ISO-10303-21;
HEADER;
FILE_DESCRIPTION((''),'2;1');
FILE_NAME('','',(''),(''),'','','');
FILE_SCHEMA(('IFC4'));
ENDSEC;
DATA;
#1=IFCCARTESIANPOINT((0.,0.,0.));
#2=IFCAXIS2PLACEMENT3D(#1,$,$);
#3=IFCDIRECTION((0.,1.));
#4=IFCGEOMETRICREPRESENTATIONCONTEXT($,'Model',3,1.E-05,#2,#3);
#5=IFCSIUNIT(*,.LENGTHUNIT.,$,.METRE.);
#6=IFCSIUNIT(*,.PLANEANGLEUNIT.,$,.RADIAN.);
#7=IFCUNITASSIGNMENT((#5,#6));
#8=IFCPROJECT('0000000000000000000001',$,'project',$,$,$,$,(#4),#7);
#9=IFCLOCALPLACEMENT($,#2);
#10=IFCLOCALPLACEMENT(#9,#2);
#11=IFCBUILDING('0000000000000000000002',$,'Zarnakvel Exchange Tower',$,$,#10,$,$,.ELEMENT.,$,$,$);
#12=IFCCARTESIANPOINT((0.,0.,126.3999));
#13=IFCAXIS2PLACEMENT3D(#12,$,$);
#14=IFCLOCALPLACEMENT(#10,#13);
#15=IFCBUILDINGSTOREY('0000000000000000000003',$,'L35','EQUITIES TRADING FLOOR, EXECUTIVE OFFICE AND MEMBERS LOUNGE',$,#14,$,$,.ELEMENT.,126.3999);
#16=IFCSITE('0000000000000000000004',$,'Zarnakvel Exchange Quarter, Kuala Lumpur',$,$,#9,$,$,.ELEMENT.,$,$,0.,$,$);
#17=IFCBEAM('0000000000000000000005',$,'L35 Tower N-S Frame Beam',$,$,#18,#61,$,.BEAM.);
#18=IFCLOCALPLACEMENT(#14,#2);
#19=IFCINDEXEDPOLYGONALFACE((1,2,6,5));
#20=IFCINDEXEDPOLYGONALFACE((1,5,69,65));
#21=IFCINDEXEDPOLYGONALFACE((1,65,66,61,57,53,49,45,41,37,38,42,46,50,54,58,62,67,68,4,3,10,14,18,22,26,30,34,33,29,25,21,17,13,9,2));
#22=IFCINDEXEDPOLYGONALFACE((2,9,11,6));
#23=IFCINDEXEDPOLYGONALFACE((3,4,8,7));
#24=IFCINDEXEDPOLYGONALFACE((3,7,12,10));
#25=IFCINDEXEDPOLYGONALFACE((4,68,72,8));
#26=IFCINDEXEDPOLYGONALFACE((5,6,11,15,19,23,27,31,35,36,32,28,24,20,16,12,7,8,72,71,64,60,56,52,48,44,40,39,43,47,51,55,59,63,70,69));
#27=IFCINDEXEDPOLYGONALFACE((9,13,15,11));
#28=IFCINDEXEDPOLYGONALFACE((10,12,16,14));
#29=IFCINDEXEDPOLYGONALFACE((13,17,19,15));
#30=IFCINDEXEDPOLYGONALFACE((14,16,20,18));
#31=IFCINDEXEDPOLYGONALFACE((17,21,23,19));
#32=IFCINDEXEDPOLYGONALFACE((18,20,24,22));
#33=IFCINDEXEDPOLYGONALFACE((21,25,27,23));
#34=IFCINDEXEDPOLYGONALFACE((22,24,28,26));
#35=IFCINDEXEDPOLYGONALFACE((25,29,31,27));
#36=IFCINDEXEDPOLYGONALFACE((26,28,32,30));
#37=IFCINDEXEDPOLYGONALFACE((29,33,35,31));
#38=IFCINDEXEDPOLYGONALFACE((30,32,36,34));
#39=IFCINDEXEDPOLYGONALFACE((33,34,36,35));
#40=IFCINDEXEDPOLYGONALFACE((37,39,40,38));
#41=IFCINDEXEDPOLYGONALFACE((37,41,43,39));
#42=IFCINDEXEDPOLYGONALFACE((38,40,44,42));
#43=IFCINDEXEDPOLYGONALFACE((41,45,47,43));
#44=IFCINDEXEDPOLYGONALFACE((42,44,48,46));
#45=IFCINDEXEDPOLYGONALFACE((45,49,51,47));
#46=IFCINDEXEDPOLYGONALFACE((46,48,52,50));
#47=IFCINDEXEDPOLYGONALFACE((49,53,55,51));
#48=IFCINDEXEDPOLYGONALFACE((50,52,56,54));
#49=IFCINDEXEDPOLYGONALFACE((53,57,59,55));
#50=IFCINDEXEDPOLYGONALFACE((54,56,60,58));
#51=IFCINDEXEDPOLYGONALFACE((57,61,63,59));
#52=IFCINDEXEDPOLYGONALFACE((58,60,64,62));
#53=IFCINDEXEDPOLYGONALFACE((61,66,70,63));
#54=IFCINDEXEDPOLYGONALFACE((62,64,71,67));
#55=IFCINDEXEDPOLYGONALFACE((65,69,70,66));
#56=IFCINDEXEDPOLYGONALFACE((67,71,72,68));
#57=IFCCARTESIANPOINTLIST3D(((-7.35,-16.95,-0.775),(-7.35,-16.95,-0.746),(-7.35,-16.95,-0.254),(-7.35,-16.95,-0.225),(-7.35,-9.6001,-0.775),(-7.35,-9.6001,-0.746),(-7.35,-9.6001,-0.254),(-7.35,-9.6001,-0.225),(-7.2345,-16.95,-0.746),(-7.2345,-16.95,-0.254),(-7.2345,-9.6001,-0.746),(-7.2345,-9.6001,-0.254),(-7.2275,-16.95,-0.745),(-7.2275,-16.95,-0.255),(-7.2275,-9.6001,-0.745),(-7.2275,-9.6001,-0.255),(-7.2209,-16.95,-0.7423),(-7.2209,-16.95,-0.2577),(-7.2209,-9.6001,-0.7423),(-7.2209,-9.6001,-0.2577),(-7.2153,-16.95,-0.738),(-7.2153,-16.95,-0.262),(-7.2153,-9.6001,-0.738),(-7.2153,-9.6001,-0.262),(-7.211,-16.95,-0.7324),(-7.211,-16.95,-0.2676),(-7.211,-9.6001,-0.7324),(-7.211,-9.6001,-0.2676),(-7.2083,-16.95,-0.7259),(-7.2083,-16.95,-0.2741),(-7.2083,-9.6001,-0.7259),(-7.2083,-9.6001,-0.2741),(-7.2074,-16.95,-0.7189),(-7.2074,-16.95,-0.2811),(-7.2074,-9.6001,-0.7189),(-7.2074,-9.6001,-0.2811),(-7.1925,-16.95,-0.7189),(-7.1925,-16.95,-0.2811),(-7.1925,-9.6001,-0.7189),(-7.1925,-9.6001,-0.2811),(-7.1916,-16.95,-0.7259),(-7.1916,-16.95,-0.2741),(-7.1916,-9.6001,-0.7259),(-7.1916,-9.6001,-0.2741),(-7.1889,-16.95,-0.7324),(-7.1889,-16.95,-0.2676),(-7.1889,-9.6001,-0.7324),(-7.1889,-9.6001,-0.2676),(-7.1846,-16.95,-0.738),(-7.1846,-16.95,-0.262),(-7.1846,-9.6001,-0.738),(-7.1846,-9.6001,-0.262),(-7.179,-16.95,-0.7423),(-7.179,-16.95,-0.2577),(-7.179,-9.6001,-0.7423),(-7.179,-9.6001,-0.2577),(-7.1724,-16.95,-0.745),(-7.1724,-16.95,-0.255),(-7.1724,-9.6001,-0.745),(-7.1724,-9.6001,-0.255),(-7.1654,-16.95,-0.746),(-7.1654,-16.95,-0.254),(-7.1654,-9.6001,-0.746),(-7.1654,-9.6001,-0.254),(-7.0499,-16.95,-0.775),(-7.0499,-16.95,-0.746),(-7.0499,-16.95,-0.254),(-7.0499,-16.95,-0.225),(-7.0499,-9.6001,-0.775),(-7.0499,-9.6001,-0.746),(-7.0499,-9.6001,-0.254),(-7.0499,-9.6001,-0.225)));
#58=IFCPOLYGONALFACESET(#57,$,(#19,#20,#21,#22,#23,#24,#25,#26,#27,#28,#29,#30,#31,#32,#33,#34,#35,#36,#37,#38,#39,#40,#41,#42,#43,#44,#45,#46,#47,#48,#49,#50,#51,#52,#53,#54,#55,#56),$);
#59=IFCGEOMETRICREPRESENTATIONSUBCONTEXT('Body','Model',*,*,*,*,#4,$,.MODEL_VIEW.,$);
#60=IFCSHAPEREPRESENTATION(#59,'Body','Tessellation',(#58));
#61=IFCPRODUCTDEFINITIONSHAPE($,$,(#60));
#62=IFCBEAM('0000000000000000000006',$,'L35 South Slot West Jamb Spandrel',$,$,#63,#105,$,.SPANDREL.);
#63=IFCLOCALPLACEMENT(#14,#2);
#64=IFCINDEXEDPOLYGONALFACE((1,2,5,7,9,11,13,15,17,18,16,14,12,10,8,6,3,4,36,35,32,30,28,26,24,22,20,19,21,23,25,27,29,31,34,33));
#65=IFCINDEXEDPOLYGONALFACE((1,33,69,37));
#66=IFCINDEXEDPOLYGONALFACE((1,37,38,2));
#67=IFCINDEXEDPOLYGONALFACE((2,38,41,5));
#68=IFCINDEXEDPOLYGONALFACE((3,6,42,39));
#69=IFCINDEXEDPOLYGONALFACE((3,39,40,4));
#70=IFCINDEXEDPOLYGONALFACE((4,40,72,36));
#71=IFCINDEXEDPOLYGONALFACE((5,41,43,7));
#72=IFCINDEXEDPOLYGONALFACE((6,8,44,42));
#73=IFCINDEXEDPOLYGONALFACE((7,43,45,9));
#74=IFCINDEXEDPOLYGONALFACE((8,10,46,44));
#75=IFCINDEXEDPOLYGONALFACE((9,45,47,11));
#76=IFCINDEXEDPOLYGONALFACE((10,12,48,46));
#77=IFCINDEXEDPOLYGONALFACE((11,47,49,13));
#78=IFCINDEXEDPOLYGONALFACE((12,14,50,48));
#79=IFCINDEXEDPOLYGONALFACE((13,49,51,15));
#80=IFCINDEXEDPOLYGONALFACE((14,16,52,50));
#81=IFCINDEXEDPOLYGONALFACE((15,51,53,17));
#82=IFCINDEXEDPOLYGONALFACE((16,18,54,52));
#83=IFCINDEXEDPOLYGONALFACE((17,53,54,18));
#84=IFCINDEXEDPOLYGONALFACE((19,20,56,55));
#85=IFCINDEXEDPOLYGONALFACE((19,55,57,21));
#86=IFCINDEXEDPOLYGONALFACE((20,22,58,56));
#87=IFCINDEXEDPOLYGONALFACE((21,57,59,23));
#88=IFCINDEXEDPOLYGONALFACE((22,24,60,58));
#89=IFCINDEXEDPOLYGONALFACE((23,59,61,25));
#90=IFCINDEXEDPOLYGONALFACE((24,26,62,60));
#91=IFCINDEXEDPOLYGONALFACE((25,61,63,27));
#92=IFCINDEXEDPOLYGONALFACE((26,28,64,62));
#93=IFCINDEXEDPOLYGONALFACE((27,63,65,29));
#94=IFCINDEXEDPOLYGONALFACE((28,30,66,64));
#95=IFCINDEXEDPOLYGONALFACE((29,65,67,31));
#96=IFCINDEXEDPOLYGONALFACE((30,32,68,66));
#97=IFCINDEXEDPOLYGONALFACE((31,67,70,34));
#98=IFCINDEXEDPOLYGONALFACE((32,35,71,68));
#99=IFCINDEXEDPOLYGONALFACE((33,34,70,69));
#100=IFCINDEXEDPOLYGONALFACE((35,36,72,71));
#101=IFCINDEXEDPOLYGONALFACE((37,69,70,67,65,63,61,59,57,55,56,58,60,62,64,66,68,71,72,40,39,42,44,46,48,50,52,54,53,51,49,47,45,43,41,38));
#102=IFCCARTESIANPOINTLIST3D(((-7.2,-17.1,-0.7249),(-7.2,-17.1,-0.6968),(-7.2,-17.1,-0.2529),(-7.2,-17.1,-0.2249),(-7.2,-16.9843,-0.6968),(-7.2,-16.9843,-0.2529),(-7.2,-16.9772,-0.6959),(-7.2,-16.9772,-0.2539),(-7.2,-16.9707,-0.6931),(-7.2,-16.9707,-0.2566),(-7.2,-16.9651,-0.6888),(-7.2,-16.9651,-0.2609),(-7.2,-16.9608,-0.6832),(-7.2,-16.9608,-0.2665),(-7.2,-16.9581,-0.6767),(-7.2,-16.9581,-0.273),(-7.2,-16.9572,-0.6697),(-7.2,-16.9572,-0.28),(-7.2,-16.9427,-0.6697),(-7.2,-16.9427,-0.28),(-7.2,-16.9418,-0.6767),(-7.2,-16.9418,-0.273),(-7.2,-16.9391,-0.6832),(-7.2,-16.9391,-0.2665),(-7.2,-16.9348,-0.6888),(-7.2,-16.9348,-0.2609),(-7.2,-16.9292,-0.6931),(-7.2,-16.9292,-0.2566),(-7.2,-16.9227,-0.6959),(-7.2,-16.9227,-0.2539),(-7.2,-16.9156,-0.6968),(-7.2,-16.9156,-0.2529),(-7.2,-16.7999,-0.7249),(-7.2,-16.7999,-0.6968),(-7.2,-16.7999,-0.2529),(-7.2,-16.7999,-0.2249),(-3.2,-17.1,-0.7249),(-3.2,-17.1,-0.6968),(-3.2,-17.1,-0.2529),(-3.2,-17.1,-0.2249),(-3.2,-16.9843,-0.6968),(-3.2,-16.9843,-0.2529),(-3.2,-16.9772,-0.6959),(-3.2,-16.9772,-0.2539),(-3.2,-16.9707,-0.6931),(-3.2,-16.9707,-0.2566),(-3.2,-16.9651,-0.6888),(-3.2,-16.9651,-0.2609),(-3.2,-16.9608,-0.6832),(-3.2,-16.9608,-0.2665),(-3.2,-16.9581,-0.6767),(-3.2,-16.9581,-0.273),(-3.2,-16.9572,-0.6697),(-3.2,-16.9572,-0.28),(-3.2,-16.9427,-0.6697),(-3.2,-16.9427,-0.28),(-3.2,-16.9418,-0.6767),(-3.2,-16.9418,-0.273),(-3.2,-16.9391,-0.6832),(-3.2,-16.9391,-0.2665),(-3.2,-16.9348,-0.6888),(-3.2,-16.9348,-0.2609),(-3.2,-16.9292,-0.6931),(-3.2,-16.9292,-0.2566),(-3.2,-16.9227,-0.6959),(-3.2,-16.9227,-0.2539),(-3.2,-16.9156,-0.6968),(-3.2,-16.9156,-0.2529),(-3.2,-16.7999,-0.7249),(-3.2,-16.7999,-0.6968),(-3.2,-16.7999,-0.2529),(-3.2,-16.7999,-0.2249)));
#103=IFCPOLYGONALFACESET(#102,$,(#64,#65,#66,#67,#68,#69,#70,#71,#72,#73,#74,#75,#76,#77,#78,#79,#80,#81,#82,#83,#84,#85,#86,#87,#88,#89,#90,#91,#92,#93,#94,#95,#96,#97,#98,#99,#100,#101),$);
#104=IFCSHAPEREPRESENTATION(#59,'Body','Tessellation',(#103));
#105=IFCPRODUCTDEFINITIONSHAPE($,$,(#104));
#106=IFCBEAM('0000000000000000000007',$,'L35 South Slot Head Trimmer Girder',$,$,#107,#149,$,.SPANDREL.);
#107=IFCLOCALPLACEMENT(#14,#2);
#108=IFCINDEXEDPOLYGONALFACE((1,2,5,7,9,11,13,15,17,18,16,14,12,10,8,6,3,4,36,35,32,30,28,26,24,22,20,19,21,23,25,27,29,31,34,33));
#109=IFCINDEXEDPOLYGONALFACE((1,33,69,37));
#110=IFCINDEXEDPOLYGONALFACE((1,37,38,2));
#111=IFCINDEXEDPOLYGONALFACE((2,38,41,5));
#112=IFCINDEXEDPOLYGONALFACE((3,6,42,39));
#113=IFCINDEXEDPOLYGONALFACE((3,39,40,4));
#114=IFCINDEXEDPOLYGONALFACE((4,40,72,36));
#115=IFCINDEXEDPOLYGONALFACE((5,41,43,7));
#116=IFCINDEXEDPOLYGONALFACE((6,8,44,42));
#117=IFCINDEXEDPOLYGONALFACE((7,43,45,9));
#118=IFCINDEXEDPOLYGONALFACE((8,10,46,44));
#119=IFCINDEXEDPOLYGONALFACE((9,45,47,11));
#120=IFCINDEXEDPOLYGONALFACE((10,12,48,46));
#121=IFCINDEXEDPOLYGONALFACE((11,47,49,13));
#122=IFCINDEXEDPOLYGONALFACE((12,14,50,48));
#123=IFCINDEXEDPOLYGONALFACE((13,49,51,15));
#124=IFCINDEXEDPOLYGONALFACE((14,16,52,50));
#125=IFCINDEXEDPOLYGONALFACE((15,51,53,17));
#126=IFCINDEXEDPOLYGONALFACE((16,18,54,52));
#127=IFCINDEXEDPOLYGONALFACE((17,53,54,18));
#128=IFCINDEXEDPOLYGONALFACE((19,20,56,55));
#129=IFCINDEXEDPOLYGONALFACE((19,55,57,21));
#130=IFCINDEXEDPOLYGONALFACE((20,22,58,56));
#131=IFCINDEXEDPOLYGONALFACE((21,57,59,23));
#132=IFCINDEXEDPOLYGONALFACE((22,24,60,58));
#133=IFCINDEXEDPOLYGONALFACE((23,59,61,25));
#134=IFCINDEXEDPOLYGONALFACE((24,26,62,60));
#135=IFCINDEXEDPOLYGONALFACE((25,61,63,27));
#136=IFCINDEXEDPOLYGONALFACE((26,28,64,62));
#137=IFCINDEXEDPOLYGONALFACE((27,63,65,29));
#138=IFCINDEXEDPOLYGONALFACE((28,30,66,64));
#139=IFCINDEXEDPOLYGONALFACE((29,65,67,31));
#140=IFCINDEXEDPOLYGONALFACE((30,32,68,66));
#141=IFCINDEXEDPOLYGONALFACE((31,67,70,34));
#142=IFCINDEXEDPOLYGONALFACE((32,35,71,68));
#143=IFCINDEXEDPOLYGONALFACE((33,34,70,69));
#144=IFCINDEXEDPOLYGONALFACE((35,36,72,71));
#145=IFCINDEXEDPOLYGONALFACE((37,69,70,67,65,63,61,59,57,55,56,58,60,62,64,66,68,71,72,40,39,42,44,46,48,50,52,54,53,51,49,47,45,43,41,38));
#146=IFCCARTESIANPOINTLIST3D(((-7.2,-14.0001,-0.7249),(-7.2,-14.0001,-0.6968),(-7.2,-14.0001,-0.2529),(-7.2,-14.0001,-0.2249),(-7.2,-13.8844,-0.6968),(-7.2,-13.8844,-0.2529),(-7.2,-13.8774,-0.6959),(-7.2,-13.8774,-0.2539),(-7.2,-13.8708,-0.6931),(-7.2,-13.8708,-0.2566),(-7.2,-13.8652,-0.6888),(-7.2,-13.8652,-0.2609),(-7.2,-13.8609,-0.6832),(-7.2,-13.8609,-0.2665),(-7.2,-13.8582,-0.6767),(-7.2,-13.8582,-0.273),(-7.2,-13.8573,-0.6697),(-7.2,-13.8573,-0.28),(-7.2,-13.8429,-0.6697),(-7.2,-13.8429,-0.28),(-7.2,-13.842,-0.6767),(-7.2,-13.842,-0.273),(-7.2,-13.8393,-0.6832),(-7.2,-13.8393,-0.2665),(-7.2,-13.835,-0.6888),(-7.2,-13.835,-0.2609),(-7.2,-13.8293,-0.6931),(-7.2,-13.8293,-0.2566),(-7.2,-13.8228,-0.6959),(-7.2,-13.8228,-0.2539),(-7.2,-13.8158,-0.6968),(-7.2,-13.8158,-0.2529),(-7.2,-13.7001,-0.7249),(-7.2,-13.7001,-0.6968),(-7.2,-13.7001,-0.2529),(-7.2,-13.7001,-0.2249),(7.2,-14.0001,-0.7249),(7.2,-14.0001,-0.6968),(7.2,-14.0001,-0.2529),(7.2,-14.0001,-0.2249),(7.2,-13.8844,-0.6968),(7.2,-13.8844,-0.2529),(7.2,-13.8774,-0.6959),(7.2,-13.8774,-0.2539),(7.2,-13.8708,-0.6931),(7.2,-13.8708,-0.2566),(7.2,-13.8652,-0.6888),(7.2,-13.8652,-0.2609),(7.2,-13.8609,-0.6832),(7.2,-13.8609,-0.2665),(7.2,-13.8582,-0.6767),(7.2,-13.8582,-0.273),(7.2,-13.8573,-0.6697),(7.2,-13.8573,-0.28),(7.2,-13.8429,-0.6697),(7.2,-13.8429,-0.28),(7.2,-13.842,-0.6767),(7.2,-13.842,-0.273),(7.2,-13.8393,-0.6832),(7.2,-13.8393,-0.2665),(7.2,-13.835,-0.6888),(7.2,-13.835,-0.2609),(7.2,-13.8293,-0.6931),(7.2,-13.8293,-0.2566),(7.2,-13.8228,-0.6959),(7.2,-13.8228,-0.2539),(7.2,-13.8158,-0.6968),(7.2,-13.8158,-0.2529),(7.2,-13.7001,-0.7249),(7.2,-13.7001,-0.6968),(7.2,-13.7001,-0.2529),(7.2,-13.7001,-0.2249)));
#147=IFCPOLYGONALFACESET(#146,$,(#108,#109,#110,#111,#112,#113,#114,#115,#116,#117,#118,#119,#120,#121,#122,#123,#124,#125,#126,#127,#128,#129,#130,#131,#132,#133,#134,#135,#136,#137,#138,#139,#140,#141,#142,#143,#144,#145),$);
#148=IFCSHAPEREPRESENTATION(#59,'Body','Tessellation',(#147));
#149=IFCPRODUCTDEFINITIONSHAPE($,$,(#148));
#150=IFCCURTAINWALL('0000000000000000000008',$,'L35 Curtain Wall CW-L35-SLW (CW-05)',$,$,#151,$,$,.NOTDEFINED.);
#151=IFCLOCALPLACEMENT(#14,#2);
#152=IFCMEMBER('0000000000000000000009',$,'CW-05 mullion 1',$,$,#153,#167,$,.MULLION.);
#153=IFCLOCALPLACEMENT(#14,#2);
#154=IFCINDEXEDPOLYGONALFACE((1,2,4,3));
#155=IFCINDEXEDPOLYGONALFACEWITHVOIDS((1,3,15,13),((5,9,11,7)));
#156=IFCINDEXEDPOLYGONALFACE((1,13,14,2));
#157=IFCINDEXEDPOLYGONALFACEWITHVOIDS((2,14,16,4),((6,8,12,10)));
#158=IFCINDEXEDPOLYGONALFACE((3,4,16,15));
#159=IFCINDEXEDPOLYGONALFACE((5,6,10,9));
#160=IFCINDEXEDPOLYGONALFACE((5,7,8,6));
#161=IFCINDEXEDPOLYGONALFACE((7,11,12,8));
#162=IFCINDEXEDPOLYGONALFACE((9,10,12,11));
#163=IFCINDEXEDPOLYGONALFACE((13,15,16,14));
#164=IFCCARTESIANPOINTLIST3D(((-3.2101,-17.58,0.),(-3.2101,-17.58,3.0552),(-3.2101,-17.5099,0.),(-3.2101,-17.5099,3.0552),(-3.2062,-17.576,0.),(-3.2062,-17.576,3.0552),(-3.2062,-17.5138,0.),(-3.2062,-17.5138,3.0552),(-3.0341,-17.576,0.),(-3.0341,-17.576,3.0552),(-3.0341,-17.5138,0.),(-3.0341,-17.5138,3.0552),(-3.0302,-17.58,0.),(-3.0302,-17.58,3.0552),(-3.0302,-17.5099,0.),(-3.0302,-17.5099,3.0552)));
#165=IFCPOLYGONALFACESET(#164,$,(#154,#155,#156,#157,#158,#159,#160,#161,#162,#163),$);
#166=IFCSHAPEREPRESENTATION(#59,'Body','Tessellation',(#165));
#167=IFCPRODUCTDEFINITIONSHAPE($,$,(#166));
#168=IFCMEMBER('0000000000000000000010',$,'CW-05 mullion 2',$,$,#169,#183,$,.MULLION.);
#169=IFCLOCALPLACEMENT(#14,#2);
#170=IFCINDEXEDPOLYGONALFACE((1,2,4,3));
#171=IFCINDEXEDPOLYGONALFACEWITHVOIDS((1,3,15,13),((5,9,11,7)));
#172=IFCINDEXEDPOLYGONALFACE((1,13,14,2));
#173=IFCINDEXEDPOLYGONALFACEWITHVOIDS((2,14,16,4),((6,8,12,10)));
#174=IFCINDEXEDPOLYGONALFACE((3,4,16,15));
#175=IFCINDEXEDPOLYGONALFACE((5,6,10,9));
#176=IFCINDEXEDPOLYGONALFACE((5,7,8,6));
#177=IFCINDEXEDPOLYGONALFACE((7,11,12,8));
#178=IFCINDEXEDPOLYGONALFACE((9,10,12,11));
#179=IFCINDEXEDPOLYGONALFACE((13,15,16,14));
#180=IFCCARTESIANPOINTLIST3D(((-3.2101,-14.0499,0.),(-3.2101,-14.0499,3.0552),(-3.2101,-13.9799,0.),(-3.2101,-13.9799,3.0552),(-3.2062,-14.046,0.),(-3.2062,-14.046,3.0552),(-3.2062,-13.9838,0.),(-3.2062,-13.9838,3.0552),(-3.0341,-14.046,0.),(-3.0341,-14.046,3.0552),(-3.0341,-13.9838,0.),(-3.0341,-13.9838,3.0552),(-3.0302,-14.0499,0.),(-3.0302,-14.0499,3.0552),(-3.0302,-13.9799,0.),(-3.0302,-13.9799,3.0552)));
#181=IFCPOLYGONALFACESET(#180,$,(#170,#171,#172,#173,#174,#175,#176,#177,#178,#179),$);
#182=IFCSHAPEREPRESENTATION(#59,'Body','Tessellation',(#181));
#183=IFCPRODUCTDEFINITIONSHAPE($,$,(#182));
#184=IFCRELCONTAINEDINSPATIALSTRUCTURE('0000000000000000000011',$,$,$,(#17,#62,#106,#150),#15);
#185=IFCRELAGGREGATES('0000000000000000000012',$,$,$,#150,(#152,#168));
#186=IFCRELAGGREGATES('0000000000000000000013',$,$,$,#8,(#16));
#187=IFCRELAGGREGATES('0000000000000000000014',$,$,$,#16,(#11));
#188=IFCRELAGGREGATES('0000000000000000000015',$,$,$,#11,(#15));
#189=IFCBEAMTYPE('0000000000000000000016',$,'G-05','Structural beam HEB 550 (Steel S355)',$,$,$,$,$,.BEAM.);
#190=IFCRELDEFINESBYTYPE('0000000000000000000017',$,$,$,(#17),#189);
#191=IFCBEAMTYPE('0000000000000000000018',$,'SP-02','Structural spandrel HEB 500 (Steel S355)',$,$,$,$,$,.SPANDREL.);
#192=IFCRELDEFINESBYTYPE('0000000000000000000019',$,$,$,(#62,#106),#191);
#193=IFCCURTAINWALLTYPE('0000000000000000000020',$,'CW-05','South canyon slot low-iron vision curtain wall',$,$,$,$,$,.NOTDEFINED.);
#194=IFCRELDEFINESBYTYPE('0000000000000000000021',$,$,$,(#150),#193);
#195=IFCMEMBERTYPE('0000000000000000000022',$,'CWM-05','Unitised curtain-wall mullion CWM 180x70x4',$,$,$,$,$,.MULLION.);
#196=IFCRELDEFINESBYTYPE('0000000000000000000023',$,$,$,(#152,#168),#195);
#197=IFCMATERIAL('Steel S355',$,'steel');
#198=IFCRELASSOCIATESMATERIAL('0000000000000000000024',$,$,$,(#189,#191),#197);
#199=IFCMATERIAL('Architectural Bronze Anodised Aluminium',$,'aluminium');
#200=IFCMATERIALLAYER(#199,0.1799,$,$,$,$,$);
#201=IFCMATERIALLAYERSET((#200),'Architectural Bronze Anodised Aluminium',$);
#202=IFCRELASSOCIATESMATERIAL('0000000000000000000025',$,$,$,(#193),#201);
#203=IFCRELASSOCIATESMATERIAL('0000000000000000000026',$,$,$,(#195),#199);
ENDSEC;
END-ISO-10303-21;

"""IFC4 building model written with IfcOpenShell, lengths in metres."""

from ifc_helpers import new_model, si_unit, direction, frame, origin, origin_2d, place, context, subcontext, project, spatial, hollow_rectangle, i_section, extrude, source, transform, mapped, material, layer, layer_set, material_profile, profile_set, type_object, element, aggregate, save


model = new_model("IFC4")

# Units and contexts
model_context = context("Model", 3, precision=1e-05, world=origin(), true_north=direction((0.0, 1.0)))
body_context = subcontext(model_context, "Body", "Model", "MODEL_VIEW")
ifc_project = project(units=[si_unit("LENGTHUNIT", "METRE"), si_unit("PLANEANGLEUNIT", "RADIAN")], contexts=[model_context])

# Site, building, storey
site_placement = place(None, origin())
site = spatial("IfcSite", under=ifc_project, at=site_placement, Name="Zarnakvel Exchange Quarter, Kuala Lumpur", CompositionType="ELEMENT", RefElevation=0.0)
building_placement = place(site_placement, origin())
building = spatial("IfcBuilding", under=site, at=building_placement, Name="Zarnakvel Exchange Tower", CompositionType="ELEMENT")
storey_placement = place(building_placement, frame((0.0, 0.0, 126.3999)))
storey = spatial("IfcBuildingStorey", under=building, at=storey_placement, Name="L35", Description="EQUITIES TRADING FLOOR, EXECUTIVE OFFICE AND MEMBERS LOUNGE", CompositionType="ELEMENT", Elevation=126.3999)

# Beams
ifc_material_1 = material(Name="Steel S355", Category="steel")
ifc_material_profile_1 = material_profile(ifc_material_1, i_section(OverallWidth=0.3, OverallDepth=0.55, WebThickness=0.0149, FlangeThickness=0.0291, FilletRadius=0.0271, at=origin_2d()))
ifc_profile_set_1 = profile_set([ifc_material_profile_1], Name="Steel S355")
beam_type_1 = type_object("IfcBeamType", Name="G-05", Description="Structural beam HEB 550 (Steel S355)", PredefinedType="BEAM", material=ifc_profile_set_1)
beam_1_placement = place(storey_placement, frame((-7.2, -16.95, -0.5), z_axis=(0.0, 1.0, 0.0), x_axis=(-1.0, 0.0, 0.0)))
element("IfcBeam", 1, at=beam_1_placement, inside=storey, type_object=beam_type_1, Name="L35 Tower N-S Frame Beam", PredefinedType="BEAM", context=body_context, shape_type="SweptSolid", body=[
    extrude(i_section(OverallWidth=0.3, OverallDepth=0.55, WebThickness=0.0149, FlangeThickness=0.0291, FilletRadius=0.0271, at=origin_2d()), origin(), (0.0, 0.0, 1.0), 7.3499),
])
ifc_material_profile_2 = material_profile(ifc_material_1, i_section(OverallWidth=0.3, OverallDepth=0.5, WebThickness=0.0144, FlangeThickness=0.0281, FilletRadius=0.0271, at=origin_2d()))
ifc_profile_set_2 = profile_set([ifc_material_profile_2], Name="Steel S355")
beam_type_2 = type_object("IfcBeamType", Name="SP-02", Description="Structural spandrel HEB 500 (Steel S355)", PredefinedType="SPANDREL", material=ifc_profile_set_2)
beam_2_placement = place(storey_placement, frame((-7.2, -16.95, -0.4749), z_axis=(1.0, 0.0, 0.0), x_axis=(0.0, 1.0, 0.0)))
element("IfcBeam", 2, at=beam_2_placement, inside=storey, type_object=beam_type_2, Name="L35 South Slot West Jamb Spandrel", PredefinedType="SPANDREL", context=body_context, shape_type="SweptSolid", body=[
    extrude(i_section(OverallWidth=0.3, OverallDepth=0.5, WebThickness=0.0144, FlangeThickness=0.0281, FilletRadius=0.0271, at=origin_2d()), origin(), (0.0, 0.0, 1.0), 4.0),
])
beam_3_placement = place(storey_placement, frame((-7.2, -13.8501, -0.4749), z_axis=(1.0, 0.0, 0.0), x_axis=(0.0, 1.0, 0.0)))
element("IfcBeam", 3, at=beam_3_placement, inside=storey, type_object=beam_type_2, Name="L35 South Slot Head Trimmer Girder", PredefinedType="SPANDREL", context=body_context, shape_type="SweptSolid", body=[
    extrude(i_section(OverallWidth=0.3, OverallDepth=0.5, WebThickness=0.0144, FlangeThickness=0.0281, FilletRadius=0.0271, at=origin_2d()), origin(), (0.0, 0.0, 1.0), 14.3999),
])

# Curtain wall, members
ifc_material_2 = material(Name="Architectural Bronze Anodised Aluminium", Category="aluminium")
ifc_layer_1 = layer(ifc_material_2, 0.1799)
ifc_layer_set_1 = layer_set([ifc_layer_1], Name="Architectural Bronze Anodised Aluminium")
curtain_wall_type = type_object("IfcCurtainWallType", Name="CW-05", Description="South canyon slot low-iron vision curtain wall", PredefinedType="NOTDEFINED", material=ifc_layer_set_1)
curtain_wall_1_placement = place(storey_placement, origin())
curtain_wall_1 = element("IfcCurtainWall", 4, at=curtain_wall_1_placement, inside=storey, type_object=curtain_wall_type, Name="L35 Curtain Wall CW-L35-SLW (CW-05)", PredefinedType="NOTDEFINED")
ifc_material_profile_3 = material_profile(ifc_material_2, hollow_rectangle(XDim=0.1799, YDim=0.0701, WallThickness=0.0039, at=origin_2d()))
ifc_profile_set_3 = profile_set([ifc_material_profile_3], Name="Architectural Bronze Anodised Aluminium")
member_type_1 = type_object("IfcMemberType", Name="CWM-05", Description="Unitised curtain-wall mullion CWM 180x70x4", PredefinedType="MULLION", material=ifc_profile_set_3)
shared_shape_1 = source(origin(), body_context, "Body", "SweptSolid", [
    extrude(hollow_rectangle(XDim=0.1799, YDim=0.0701, WallThickness=0.0039, at=origin_2d()), origin(), (0.0, 0.0, 1.0), 3.0552),
])
member_1_placement = place(storey_placement, frame((-3.1201, -17.5449, 0.0), z_axis=(0.0, 0.0, 1.0), x_axis=(-1.0, 0.0, 0.0)))
member_1 = element("IfcMember", 5, at=member_1_placement, type_object=member_type_1, Name="CW-05 mullion 1", PredefinedType="MULLION", context=body_context, shape_type="MappedRepresentation", body=[
    mapped(shared_shape_1, transform((0.0, 0.0, 0.0), x_axis=(1.0, 0.0, 0.0), y_axis=(0.0, 1.0, 0.0), z_axis=(0.0, 0.0, 1.0), scale=1.0)),
])
member_2_placement = place(storey_placement, frame((-3.1201, -14.0149, 0.0), z_axis=(0.0, 0.0, 1.0), x_axis=(-1.0, 0.0, 0.0)))
member_2 = element("IfcMember", 6, at=member_2_placement, type_object=member_type_1, Name="CW-05 mullion 2", PredefinedType="MULLION", context=body_context, shape_type="MappedRepresentation", body=[
    mapped(shared_shape_1, transform((0.0, 0.0, 0.0), x_axis=(1.0, 0.0, 0.0), y_axis=(0.0, 1.0, 0.0), z_axis=(0.0, 0.0, 1.0), scale=1.0)),
])

aggregate(curtain_wall_1, [member_1, member_2])

save(model, "model.ifc")
